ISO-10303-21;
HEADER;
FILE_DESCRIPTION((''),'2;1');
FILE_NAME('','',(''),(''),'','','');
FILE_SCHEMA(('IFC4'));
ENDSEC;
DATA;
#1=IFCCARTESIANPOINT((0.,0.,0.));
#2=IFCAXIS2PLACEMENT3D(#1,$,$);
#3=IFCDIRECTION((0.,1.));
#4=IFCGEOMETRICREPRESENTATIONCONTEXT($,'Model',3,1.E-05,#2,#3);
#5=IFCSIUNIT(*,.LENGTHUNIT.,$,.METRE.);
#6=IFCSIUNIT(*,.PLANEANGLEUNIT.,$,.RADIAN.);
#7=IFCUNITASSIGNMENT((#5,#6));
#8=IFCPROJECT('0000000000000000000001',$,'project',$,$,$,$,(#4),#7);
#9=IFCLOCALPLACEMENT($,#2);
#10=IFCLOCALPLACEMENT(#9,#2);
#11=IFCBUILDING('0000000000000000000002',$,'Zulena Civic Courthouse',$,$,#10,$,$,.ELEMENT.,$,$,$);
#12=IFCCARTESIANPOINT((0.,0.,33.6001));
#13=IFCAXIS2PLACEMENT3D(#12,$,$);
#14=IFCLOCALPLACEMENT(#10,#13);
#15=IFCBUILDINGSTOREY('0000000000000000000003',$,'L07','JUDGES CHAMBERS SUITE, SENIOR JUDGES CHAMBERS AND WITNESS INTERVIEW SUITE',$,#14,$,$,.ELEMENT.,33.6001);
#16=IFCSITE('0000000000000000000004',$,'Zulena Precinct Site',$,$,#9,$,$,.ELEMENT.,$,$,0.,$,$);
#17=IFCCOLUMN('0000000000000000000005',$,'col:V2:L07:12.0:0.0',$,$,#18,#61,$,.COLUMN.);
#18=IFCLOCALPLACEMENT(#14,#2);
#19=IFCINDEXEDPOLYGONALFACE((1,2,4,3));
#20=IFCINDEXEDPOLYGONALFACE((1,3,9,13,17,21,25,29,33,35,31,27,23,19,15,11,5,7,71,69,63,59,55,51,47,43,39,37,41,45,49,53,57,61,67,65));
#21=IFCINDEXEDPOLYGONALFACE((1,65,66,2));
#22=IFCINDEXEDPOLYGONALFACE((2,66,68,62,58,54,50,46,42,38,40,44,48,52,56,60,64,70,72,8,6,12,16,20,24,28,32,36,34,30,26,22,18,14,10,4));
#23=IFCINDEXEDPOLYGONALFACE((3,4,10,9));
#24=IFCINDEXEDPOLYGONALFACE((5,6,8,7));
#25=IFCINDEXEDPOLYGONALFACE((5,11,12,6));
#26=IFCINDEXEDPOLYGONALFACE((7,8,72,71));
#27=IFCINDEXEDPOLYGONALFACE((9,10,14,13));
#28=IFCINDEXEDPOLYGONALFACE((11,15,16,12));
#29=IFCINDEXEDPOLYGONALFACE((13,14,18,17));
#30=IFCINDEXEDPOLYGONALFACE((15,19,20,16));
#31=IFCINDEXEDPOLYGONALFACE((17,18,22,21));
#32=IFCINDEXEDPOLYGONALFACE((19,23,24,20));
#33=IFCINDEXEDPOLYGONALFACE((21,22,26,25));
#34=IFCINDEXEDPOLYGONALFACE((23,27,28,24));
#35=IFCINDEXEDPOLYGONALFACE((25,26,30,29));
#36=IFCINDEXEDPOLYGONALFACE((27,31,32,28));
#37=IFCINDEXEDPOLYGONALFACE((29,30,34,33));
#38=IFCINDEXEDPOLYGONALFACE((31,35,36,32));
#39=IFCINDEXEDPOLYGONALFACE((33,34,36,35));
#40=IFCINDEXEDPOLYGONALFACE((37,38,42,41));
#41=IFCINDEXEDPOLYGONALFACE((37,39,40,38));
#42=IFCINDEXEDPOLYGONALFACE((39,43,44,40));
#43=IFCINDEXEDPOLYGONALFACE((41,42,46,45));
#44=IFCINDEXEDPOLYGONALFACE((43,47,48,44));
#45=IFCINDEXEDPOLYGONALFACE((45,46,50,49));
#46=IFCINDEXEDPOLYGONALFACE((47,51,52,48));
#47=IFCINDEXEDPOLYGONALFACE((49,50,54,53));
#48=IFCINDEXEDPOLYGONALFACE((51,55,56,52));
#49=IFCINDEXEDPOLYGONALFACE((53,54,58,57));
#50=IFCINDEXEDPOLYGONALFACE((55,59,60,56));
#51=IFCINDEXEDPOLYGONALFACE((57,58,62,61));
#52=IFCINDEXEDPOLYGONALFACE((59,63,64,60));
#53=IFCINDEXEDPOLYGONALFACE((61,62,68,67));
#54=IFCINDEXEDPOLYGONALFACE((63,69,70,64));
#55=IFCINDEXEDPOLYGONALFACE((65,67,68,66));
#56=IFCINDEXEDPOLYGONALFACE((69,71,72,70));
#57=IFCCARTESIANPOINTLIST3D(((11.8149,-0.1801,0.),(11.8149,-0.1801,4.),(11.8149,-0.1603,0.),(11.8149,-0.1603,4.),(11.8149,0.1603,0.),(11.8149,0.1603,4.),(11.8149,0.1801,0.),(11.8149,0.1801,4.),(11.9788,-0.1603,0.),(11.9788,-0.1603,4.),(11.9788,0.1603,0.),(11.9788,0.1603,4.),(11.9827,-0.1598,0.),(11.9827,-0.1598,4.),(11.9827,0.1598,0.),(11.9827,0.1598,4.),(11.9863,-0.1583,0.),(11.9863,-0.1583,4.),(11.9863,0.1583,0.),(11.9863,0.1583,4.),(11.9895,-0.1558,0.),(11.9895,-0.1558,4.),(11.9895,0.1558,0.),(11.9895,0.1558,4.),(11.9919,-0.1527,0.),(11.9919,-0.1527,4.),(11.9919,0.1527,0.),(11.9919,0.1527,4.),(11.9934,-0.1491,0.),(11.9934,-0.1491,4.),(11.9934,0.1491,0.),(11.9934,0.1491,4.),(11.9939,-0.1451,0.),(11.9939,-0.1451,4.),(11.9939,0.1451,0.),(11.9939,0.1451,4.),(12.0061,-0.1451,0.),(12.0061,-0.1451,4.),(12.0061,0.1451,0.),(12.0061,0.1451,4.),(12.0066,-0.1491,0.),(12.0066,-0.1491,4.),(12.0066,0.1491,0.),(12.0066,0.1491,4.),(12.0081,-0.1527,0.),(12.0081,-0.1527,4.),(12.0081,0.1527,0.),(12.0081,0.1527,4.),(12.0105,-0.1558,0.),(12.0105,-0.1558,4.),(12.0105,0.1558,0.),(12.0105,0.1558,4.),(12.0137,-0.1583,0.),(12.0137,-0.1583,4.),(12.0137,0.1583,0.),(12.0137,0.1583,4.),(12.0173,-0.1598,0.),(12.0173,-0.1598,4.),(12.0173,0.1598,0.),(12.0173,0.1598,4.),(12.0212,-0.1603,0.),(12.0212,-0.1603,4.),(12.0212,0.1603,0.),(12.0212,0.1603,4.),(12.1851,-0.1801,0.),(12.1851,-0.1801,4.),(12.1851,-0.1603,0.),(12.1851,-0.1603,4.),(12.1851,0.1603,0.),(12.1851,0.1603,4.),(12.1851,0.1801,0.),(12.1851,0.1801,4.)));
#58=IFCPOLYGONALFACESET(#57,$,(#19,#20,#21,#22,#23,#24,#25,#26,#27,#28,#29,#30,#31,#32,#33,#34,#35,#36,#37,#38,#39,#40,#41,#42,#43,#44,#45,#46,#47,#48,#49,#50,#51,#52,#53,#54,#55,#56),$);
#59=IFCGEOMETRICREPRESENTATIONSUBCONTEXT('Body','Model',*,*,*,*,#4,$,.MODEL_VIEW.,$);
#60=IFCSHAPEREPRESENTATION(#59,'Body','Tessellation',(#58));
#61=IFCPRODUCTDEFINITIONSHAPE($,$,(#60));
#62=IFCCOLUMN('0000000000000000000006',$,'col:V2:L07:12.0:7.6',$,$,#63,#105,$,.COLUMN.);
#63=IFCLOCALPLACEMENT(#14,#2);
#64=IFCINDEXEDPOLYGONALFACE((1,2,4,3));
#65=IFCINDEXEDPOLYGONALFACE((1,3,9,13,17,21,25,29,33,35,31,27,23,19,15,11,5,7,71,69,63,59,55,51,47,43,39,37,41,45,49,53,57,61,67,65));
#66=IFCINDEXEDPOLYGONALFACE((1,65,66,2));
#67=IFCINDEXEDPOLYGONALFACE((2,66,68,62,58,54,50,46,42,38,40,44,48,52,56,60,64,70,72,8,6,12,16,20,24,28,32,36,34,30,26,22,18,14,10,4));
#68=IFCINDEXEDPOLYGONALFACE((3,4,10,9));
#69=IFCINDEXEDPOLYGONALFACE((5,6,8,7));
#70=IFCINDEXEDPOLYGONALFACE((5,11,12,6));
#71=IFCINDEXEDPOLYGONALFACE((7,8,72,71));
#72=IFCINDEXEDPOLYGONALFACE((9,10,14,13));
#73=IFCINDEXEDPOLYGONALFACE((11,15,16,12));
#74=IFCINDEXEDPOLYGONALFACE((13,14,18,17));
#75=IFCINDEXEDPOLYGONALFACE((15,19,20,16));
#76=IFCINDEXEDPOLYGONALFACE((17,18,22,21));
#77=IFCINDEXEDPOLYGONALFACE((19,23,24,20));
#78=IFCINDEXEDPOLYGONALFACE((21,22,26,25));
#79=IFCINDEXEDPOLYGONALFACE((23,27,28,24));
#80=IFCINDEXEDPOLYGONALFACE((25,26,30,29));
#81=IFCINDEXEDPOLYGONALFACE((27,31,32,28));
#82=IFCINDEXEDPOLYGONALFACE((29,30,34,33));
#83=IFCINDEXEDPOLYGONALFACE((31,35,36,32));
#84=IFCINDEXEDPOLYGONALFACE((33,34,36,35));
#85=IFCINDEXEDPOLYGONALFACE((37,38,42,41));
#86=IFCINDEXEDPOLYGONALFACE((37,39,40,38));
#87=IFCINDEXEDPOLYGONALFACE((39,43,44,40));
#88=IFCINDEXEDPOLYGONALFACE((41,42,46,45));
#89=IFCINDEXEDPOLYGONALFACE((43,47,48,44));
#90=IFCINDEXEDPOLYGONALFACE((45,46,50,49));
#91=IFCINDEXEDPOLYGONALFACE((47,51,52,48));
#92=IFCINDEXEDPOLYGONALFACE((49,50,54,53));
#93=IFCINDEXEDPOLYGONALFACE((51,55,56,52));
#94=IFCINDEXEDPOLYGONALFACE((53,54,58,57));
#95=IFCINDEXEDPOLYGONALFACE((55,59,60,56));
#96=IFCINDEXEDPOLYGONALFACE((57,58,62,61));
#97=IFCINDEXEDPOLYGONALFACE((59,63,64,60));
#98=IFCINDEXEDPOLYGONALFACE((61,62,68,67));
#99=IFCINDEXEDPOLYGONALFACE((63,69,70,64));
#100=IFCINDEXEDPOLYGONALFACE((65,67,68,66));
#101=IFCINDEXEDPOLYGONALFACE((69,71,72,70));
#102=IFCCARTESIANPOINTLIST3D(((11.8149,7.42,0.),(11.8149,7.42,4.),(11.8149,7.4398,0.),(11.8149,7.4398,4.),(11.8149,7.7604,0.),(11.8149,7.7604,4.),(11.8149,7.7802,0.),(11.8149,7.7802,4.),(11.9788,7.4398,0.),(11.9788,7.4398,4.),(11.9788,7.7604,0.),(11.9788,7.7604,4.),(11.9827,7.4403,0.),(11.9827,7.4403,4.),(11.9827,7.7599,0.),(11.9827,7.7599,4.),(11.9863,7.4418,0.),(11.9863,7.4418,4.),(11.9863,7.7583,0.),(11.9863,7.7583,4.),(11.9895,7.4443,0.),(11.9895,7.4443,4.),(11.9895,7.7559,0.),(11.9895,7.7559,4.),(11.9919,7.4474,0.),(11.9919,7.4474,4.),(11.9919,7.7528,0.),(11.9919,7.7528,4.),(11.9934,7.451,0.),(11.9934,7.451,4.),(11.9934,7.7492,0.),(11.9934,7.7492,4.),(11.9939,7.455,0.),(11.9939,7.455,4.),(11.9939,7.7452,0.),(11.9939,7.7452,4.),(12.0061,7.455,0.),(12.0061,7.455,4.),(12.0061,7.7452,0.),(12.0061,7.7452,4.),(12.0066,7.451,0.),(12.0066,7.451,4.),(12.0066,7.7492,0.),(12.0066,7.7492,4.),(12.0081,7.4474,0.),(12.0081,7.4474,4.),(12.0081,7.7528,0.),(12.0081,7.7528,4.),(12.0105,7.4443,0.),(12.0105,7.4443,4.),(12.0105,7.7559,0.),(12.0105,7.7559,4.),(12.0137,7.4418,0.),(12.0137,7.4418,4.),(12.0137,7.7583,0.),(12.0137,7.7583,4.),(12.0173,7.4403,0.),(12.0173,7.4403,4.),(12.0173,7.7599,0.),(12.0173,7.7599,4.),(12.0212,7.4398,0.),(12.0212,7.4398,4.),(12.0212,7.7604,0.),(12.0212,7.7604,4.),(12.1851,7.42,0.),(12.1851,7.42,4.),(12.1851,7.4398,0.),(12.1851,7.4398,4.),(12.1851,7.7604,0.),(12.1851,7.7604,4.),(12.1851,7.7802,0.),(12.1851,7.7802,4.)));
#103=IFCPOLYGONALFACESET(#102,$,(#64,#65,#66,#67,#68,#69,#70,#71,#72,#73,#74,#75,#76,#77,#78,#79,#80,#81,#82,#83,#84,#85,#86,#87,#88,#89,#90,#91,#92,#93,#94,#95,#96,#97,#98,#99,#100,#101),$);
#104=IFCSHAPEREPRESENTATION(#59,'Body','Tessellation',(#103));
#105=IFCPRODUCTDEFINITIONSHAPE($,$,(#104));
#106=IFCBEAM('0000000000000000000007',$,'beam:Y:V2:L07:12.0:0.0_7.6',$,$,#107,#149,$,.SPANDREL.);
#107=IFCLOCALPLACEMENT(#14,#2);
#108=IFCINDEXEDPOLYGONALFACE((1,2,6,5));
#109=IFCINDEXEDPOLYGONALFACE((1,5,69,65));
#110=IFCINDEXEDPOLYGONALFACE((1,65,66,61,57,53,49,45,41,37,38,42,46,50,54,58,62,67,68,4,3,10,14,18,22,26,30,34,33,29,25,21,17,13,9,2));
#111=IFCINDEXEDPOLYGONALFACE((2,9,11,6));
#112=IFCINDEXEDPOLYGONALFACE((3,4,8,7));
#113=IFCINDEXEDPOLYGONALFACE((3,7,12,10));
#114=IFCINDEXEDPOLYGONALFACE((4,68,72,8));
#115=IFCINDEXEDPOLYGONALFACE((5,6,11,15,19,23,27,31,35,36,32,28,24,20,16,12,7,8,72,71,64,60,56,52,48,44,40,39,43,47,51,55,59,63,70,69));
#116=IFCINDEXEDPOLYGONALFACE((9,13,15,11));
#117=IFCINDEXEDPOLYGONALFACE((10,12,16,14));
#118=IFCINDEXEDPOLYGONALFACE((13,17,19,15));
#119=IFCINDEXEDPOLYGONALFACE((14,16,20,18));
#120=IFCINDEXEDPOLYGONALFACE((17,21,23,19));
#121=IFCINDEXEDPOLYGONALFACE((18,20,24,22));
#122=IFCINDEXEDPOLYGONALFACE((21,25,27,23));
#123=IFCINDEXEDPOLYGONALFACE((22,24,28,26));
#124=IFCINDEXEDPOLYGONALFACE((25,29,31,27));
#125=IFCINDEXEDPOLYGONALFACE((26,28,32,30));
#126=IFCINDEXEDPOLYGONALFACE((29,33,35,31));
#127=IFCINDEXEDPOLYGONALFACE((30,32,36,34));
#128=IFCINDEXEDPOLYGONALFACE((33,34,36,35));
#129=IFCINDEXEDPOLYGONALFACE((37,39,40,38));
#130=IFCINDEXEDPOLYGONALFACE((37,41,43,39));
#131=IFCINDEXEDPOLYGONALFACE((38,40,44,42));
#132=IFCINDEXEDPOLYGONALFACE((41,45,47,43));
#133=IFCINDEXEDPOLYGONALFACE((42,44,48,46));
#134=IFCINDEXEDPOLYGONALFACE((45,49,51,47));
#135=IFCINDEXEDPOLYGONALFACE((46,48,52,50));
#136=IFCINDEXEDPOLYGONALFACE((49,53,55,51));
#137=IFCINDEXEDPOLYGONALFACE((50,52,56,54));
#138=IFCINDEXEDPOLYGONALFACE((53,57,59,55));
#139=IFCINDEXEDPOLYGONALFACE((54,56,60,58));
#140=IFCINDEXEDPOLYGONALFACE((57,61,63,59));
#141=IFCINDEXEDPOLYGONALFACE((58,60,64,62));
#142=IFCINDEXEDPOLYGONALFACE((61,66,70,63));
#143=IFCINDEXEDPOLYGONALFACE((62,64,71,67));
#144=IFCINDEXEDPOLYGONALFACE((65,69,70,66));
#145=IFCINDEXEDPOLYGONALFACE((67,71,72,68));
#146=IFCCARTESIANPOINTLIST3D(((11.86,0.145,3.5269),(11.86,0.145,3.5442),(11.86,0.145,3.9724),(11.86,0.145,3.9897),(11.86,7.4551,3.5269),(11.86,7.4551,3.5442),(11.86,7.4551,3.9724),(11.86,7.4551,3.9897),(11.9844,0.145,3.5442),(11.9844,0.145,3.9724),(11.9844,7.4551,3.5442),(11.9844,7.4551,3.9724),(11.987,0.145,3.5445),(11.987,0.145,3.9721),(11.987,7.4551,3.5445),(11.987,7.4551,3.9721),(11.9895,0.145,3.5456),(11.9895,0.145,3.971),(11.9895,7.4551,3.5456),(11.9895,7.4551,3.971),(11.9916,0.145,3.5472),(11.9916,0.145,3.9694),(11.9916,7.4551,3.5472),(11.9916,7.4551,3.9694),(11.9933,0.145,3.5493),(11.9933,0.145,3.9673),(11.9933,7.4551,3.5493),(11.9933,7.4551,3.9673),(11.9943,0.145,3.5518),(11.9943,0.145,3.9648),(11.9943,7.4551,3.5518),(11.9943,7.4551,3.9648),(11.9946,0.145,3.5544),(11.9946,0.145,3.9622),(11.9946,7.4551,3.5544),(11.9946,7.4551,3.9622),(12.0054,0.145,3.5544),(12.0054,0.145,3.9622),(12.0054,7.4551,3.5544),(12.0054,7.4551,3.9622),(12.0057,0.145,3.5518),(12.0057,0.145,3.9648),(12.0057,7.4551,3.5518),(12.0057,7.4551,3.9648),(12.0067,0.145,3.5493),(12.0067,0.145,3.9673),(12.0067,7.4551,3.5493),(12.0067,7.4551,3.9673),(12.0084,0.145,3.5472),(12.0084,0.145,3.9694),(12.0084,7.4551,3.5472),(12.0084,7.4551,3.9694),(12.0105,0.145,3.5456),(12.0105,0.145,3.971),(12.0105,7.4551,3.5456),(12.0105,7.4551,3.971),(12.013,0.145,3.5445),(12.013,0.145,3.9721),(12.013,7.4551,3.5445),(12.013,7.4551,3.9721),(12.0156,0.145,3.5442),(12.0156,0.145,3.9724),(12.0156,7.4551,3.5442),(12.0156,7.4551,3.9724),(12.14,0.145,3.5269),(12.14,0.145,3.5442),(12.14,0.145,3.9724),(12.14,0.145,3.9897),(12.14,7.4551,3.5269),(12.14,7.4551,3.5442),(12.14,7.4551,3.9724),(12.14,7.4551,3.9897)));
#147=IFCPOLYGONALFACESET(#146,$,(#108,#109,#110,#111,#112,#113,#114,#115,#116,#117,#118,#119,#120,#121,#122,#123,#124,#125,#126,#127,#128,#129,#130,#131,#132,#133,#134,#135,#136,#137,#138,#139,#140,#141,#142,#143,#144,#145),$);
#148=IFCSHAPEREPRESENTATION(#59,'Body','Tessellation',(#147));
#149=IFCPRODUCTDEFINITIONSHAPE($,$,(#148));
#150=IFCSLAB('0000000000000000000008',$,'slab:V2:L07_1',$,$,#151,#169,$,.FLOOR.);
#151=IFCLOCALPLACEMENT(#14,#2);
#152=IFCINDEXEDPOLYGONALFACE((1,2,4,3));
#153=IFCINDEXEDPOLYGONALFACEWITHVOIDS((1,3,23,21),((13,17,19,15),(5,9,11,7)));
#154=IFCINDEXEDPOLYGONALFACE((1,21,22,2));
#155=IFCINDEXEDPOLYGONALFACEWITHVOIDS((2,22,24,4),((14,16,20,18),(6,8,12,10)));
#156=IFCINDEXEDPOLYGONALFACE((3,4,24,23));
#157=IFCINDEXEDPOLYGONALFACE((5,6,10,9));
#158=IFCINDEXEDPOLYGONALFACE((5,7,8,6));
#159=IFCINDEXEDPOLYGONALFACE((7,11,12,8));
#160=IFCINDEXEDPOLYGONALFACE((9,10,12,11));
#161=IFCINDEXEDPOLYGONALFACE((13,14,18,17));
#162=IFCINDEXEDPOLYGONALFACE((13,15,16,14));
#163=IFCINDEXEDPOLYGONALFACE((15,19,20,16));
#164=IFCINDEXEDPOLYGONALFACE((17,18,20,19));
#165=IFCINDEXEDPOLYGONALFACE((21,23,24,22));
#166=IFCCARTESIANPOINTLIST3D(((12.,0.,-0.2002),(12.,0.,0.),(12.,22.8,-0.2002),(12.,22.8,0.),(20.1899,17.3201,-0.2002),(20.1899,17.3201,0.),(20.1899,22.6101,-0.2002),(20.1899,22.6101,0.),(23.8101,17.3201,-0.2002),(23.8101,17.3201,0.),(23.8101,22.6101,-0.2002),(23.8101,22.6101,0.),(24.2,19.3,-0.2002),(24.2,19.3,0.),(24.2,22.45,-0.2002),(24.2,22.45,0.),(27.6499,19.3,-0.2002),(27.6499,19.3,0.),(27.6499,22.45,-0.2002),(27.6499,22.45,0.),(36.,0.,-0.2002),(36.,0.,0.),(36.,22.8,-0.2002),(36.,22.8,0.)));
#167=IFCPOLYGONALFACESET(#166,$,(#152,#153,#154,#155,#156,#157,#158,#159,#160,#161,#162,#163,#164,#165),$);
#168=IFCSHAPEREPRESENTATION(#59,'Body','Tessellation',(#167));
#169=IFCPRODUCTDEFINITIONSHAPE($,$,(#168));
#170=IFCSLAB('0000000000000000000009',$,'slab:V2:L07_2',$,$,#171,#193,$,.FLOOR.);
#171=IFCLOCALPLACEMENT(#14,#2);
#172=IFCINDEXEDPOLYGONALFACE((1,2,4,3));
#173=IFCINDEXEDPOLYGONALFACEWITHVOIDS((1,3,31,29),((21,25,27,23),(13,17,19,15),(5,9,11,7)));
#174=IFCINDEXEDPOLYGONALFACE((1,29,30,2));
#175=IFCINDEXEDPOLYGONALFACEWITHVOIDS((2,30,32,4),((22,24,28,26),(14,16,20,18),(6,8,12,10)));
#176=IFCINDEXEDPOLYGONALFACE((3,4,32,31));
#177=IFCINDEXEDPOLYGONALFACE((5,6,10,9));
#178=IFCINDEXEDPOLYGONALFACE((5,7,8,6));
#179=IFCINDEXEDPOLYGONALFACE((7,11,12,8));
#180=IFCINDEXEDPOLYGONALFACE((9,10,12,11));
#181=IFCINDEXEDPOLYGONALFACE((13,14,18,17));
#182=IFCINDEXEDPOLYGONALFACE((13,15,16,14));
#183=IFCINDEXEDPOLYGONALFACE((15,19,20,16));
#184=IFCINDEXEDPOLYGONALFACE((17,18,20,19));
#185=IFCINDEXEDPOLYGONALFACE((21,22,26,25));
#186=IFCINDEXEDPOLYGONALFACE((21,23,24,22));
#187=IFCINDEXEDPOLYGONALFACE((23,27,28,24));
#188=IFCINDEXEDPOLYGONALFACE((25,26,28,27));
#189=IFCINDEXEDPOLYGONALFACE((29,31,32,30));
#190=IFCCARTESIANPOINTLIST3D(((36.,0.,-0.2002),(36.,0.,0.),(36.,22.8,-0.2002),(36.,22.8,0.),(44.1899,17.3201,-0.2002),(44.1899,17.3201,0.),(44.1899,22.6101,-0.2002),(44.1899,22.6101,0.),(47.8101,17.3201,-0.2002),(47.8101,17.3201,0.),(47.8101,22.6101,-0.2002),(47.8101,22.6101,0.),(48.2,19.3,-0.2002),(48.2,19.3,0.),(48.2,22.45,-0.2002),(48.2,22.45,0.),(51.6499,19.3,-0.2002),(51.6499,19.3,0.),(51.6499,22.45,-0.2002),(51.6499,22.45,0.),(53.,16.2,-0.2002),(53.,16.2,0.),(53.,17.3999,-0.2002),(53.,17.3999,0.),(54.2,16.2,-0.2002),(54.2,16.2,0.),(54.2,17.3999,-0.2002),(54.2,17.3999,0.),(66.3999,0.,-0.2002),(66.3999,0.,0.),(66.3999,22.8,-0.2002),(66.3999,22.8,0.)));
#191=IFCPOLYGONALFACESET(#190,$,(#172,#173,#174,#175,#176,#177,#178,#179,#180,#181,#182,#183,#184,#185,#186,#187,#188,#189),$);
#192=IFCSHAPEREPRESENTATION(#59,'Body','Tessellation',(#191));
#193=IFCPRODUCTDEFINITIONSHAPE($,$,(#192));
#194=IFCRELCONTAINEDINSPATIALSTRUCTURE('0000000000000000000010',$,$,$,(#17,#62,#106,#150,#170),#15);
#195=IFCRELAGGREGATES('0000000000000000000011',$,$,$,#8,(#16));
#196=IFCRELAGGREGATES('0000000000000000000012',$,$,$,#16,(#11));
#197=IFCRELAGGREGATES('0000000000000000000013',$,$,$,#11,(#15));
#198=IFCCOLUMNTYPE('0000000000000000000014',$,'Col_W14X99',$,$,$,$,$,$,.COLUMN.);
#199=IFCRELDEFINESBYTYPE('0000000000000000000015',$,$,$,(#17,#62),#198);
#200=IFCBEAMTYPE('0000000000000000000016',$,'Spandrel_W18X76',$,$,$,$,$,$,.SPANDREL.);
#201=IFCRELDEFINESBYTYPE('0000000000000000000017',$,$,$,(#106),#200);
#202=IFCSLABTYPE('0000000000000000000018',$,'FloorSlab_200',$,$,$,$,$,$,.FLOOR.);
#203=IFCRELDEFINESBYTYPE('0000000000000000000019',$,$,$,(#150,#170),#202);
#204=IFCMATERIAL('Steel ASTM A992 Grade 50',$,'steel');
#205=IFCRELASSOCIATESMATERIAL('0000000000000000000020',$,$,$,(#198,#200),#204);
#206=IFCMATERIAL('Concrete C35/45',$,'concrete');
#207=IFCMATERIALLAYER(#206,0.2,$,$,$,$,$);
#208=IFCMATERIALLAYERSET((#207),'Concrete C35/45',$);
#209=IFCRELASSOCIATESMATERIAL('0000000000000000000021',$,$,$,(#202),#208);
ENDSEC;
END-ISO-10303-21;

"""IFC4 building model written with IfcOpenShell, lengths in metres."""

from ifc_helpers import new_model, si_unit, direction, frame, origin, origin_2d, place, context, subcontext, project, spatial, polyline, i_section, outline, extrude, material, layer, layer_set, material_profile, profile_set, type_object, element, save


model = new_model("IFC4")

# Units and contexts
model_context = context("Model", 3, precision=1e-05, world=origin(), true_north=direction((0.0, 1.0)))
body_context = subcontext(model_context, "Body", "Model", "MODEL_VIEW")
ifc_project = project(units=[si_unit("LENGTHUNIT", "METRE"), si_unit("PLANEANGLEUNIT", "RADIAN")], contexts=[model_context])

# Site, building, storey
site_placement = place(None, origin())
site = spatial("IfcSite", under=ifc_project, at=site_placement, Name="Zulena Precinct Site", CompositionType="ELEMENT", RefElevation=0.0)
building_placement = place(site_placement, origin())
building = spatial("IfcBuilding", under=site, at=building_placement, Name="Zulena Civic Courthouse", CompositionType="ELEMENT")
storey_placement = place(building_placement, frame((0.0, 0.0, 33.6001)))
storey = spatial("IfcBuildingStorey", under=building, at=storey_placement, Name="L07", Description="JUDGES CHAMBERS SUITE, SENIOR JUDGES CHAMBERS AND WITNESS INTERVIEW SUITE", CompositionType="ELEMENT", Elevation=33.6001)

# Columns
ifc_material_1 = material(Name="Steel ASTM A992 Grade 50", Category="steel")
ifc_material_profile_1 = material_profile(ifc_material_1, i_section(OverallWidth=0.3701, OverallDepth=0.3601, WebThickness=0.0122, FlangeThickness=0.0198, FilletRadius=0.0151, at=origin_2d()), Name="W14X99")
ifc_profile_set_1 = profile_set([ifc_material_profile_1], Name="Steel ASTM A992 Grade 50")
column_type = type_object("IfcColumnType", Name="Col_W14X99", PredefinedType="COLUMN", material=ifc_profile_set_1)
for number, where, z_axis, x_axis, name in (
    (1, (12.0, 0.0, 0.0), (0.0, 0.0, 1.0), (1.0, 0.0, 0.0), "col:V2:L07:12.0:0.0"),
    (2, (12.0, 7.6001, 0.0), (0.0, 0.0, 1.0), (1.0, 0.0, 0.0), "col:V2:L07:12.0:7.6"),
):
    element("IfcColumn", number, at=place(storey_placement, frame(where, z_axis=z_axis, x_axis=x_axis)), inside=storey, type_object=column_type, Name=name, PredefinedType="COLUMN", context=body_context, shape_type="SweptSolid", body=[
        extrude(i_section(OverallWidth=0.3701, OverallDepth=0.3601, WebThickness=0.0122, FlangeThickness=0.0198, FilletRadius=0.0151, at=origin_2d()), origin(), (0.0, 0.0, 1.0), 4.0),
    ])

# Beam
ifc_material_profile_2 = material_profile(ifc_material_1, i_section(OverallWidth=0.28, OverallDepth=0.4629, WebThickness=0.0107, FlangeThickness=0.0173, FilletRadius=0.0103, at=origin_2d()), Name="W18X76")
ifc_profile_set_2 = profile_set([ifc_material_profile_2], Name="Steel ASTM A992 Grade 50")
beam_type = type_object("IfcBeamType", Name="Spandrel_W18X76", PredefinedType="SPANDREL", material=ifc_profile_set_2)
beam_placement = place(storey_placement, frame((12.0, 0.145, 3.7583), z_axis=(0.0, 1.0, 0.0), x_axis=(-1.0, 0.0, 0.0)))
element("IfcBeam", 3, at=beam_placement, inside=storey, type_object=beam_type, Name="beam:Y:V2:L07:12.0:0.0_7.6", PredefinedType="SPANDREL", context=body_context, shape_type="SweptSolid", body=[
    extrude(i_section(OverallWidth=0.28, OverallDepth=0.4629, WebThickness=0.0107, FlangeThickness=0.0173, FilletRadius=0.0103, at=origin_2d()), origin(), (0.0, 0.0, 1.0), 7.3101),
])

# Slabs
ifc_material_2 = material(Name="Concrete C35/45", Category="concrete")
ifc_layer_1 = layer(ifc_material_2, 0.2)
ifc_layer_set_1 = layer_set([ifc_layer_1], Name="Concrete C35/45")
slab_type_1 = type_object("IfcSlabType", Name="FloorSlab_200", PredefinedType="FLOOR", material=ifc_layer_set_1)
slab_1_placement = place(storey_placement, frame((0.0, 0.0, -0.2002)))
element("IfcSlab", 4, at=slab_1_placement, inside=storey, type_object=slab_type_1, Name="slab:V2:L07_1", PredefinedType="FLOOR", context=body_context, shape_type="SweptSolid", body=[
    extrude(outline(polyline([(36.0, 22.8), (36.0, 0.0), (12.0, 0.0), (12.0, 22.8), (36.0, 22.8)]), holes=[polyline([(23.8101, 22.6101), (20.1899, 22.6101), (20.1899, 17.3201), (23.8101, 17.3201), (23.8101, 22.6101)]), polyline([(27.6499, 19.3), (27.6499, 22.45), (24.2, 22.45), (24.2, 19.3), (27.6499, 19.3)])]), origin(), (0.0, 0.0, 1.0), 0.2002),
])
slab_2_placement = place(storey_placement, frame((0.0, 0.0, -0.2002)))
element("IfcSlab", 5, at=slab_2_placement, inside=storey, type_object=slab_type_1, Name="slab:V2:L07_2", PredefinedType="FLOOR", context=body_context, shape_type="SweptSolid", body=[
    extrude(outline(polyline([(66.3999, 22.8), (66.3999, 0.0), (36.0, 0.0), (36.0, 22.8), (66.3999, 22.8)]), holes=[polyline([(44.1899, 17.3201), (47.8101, 17.3201), (47.8101, 22.6101), (44.1899, 22.6101), (44.1899, 17.3201)]), polyline([(48.2, 22.45), (48.2, 19.3), (51.6499, 19.3), (51.6499, 22.45), (48.2, 22.45)]), polyline([(54.2, 17.3999), (53.0, 17.3999), (53.0, 16.2), (54.2, 16.2), (54.2, 17.3999)])]), origin(), (0.0, 0.0, 1.0), 0.2002),
])

save(model, "model.ifc")
